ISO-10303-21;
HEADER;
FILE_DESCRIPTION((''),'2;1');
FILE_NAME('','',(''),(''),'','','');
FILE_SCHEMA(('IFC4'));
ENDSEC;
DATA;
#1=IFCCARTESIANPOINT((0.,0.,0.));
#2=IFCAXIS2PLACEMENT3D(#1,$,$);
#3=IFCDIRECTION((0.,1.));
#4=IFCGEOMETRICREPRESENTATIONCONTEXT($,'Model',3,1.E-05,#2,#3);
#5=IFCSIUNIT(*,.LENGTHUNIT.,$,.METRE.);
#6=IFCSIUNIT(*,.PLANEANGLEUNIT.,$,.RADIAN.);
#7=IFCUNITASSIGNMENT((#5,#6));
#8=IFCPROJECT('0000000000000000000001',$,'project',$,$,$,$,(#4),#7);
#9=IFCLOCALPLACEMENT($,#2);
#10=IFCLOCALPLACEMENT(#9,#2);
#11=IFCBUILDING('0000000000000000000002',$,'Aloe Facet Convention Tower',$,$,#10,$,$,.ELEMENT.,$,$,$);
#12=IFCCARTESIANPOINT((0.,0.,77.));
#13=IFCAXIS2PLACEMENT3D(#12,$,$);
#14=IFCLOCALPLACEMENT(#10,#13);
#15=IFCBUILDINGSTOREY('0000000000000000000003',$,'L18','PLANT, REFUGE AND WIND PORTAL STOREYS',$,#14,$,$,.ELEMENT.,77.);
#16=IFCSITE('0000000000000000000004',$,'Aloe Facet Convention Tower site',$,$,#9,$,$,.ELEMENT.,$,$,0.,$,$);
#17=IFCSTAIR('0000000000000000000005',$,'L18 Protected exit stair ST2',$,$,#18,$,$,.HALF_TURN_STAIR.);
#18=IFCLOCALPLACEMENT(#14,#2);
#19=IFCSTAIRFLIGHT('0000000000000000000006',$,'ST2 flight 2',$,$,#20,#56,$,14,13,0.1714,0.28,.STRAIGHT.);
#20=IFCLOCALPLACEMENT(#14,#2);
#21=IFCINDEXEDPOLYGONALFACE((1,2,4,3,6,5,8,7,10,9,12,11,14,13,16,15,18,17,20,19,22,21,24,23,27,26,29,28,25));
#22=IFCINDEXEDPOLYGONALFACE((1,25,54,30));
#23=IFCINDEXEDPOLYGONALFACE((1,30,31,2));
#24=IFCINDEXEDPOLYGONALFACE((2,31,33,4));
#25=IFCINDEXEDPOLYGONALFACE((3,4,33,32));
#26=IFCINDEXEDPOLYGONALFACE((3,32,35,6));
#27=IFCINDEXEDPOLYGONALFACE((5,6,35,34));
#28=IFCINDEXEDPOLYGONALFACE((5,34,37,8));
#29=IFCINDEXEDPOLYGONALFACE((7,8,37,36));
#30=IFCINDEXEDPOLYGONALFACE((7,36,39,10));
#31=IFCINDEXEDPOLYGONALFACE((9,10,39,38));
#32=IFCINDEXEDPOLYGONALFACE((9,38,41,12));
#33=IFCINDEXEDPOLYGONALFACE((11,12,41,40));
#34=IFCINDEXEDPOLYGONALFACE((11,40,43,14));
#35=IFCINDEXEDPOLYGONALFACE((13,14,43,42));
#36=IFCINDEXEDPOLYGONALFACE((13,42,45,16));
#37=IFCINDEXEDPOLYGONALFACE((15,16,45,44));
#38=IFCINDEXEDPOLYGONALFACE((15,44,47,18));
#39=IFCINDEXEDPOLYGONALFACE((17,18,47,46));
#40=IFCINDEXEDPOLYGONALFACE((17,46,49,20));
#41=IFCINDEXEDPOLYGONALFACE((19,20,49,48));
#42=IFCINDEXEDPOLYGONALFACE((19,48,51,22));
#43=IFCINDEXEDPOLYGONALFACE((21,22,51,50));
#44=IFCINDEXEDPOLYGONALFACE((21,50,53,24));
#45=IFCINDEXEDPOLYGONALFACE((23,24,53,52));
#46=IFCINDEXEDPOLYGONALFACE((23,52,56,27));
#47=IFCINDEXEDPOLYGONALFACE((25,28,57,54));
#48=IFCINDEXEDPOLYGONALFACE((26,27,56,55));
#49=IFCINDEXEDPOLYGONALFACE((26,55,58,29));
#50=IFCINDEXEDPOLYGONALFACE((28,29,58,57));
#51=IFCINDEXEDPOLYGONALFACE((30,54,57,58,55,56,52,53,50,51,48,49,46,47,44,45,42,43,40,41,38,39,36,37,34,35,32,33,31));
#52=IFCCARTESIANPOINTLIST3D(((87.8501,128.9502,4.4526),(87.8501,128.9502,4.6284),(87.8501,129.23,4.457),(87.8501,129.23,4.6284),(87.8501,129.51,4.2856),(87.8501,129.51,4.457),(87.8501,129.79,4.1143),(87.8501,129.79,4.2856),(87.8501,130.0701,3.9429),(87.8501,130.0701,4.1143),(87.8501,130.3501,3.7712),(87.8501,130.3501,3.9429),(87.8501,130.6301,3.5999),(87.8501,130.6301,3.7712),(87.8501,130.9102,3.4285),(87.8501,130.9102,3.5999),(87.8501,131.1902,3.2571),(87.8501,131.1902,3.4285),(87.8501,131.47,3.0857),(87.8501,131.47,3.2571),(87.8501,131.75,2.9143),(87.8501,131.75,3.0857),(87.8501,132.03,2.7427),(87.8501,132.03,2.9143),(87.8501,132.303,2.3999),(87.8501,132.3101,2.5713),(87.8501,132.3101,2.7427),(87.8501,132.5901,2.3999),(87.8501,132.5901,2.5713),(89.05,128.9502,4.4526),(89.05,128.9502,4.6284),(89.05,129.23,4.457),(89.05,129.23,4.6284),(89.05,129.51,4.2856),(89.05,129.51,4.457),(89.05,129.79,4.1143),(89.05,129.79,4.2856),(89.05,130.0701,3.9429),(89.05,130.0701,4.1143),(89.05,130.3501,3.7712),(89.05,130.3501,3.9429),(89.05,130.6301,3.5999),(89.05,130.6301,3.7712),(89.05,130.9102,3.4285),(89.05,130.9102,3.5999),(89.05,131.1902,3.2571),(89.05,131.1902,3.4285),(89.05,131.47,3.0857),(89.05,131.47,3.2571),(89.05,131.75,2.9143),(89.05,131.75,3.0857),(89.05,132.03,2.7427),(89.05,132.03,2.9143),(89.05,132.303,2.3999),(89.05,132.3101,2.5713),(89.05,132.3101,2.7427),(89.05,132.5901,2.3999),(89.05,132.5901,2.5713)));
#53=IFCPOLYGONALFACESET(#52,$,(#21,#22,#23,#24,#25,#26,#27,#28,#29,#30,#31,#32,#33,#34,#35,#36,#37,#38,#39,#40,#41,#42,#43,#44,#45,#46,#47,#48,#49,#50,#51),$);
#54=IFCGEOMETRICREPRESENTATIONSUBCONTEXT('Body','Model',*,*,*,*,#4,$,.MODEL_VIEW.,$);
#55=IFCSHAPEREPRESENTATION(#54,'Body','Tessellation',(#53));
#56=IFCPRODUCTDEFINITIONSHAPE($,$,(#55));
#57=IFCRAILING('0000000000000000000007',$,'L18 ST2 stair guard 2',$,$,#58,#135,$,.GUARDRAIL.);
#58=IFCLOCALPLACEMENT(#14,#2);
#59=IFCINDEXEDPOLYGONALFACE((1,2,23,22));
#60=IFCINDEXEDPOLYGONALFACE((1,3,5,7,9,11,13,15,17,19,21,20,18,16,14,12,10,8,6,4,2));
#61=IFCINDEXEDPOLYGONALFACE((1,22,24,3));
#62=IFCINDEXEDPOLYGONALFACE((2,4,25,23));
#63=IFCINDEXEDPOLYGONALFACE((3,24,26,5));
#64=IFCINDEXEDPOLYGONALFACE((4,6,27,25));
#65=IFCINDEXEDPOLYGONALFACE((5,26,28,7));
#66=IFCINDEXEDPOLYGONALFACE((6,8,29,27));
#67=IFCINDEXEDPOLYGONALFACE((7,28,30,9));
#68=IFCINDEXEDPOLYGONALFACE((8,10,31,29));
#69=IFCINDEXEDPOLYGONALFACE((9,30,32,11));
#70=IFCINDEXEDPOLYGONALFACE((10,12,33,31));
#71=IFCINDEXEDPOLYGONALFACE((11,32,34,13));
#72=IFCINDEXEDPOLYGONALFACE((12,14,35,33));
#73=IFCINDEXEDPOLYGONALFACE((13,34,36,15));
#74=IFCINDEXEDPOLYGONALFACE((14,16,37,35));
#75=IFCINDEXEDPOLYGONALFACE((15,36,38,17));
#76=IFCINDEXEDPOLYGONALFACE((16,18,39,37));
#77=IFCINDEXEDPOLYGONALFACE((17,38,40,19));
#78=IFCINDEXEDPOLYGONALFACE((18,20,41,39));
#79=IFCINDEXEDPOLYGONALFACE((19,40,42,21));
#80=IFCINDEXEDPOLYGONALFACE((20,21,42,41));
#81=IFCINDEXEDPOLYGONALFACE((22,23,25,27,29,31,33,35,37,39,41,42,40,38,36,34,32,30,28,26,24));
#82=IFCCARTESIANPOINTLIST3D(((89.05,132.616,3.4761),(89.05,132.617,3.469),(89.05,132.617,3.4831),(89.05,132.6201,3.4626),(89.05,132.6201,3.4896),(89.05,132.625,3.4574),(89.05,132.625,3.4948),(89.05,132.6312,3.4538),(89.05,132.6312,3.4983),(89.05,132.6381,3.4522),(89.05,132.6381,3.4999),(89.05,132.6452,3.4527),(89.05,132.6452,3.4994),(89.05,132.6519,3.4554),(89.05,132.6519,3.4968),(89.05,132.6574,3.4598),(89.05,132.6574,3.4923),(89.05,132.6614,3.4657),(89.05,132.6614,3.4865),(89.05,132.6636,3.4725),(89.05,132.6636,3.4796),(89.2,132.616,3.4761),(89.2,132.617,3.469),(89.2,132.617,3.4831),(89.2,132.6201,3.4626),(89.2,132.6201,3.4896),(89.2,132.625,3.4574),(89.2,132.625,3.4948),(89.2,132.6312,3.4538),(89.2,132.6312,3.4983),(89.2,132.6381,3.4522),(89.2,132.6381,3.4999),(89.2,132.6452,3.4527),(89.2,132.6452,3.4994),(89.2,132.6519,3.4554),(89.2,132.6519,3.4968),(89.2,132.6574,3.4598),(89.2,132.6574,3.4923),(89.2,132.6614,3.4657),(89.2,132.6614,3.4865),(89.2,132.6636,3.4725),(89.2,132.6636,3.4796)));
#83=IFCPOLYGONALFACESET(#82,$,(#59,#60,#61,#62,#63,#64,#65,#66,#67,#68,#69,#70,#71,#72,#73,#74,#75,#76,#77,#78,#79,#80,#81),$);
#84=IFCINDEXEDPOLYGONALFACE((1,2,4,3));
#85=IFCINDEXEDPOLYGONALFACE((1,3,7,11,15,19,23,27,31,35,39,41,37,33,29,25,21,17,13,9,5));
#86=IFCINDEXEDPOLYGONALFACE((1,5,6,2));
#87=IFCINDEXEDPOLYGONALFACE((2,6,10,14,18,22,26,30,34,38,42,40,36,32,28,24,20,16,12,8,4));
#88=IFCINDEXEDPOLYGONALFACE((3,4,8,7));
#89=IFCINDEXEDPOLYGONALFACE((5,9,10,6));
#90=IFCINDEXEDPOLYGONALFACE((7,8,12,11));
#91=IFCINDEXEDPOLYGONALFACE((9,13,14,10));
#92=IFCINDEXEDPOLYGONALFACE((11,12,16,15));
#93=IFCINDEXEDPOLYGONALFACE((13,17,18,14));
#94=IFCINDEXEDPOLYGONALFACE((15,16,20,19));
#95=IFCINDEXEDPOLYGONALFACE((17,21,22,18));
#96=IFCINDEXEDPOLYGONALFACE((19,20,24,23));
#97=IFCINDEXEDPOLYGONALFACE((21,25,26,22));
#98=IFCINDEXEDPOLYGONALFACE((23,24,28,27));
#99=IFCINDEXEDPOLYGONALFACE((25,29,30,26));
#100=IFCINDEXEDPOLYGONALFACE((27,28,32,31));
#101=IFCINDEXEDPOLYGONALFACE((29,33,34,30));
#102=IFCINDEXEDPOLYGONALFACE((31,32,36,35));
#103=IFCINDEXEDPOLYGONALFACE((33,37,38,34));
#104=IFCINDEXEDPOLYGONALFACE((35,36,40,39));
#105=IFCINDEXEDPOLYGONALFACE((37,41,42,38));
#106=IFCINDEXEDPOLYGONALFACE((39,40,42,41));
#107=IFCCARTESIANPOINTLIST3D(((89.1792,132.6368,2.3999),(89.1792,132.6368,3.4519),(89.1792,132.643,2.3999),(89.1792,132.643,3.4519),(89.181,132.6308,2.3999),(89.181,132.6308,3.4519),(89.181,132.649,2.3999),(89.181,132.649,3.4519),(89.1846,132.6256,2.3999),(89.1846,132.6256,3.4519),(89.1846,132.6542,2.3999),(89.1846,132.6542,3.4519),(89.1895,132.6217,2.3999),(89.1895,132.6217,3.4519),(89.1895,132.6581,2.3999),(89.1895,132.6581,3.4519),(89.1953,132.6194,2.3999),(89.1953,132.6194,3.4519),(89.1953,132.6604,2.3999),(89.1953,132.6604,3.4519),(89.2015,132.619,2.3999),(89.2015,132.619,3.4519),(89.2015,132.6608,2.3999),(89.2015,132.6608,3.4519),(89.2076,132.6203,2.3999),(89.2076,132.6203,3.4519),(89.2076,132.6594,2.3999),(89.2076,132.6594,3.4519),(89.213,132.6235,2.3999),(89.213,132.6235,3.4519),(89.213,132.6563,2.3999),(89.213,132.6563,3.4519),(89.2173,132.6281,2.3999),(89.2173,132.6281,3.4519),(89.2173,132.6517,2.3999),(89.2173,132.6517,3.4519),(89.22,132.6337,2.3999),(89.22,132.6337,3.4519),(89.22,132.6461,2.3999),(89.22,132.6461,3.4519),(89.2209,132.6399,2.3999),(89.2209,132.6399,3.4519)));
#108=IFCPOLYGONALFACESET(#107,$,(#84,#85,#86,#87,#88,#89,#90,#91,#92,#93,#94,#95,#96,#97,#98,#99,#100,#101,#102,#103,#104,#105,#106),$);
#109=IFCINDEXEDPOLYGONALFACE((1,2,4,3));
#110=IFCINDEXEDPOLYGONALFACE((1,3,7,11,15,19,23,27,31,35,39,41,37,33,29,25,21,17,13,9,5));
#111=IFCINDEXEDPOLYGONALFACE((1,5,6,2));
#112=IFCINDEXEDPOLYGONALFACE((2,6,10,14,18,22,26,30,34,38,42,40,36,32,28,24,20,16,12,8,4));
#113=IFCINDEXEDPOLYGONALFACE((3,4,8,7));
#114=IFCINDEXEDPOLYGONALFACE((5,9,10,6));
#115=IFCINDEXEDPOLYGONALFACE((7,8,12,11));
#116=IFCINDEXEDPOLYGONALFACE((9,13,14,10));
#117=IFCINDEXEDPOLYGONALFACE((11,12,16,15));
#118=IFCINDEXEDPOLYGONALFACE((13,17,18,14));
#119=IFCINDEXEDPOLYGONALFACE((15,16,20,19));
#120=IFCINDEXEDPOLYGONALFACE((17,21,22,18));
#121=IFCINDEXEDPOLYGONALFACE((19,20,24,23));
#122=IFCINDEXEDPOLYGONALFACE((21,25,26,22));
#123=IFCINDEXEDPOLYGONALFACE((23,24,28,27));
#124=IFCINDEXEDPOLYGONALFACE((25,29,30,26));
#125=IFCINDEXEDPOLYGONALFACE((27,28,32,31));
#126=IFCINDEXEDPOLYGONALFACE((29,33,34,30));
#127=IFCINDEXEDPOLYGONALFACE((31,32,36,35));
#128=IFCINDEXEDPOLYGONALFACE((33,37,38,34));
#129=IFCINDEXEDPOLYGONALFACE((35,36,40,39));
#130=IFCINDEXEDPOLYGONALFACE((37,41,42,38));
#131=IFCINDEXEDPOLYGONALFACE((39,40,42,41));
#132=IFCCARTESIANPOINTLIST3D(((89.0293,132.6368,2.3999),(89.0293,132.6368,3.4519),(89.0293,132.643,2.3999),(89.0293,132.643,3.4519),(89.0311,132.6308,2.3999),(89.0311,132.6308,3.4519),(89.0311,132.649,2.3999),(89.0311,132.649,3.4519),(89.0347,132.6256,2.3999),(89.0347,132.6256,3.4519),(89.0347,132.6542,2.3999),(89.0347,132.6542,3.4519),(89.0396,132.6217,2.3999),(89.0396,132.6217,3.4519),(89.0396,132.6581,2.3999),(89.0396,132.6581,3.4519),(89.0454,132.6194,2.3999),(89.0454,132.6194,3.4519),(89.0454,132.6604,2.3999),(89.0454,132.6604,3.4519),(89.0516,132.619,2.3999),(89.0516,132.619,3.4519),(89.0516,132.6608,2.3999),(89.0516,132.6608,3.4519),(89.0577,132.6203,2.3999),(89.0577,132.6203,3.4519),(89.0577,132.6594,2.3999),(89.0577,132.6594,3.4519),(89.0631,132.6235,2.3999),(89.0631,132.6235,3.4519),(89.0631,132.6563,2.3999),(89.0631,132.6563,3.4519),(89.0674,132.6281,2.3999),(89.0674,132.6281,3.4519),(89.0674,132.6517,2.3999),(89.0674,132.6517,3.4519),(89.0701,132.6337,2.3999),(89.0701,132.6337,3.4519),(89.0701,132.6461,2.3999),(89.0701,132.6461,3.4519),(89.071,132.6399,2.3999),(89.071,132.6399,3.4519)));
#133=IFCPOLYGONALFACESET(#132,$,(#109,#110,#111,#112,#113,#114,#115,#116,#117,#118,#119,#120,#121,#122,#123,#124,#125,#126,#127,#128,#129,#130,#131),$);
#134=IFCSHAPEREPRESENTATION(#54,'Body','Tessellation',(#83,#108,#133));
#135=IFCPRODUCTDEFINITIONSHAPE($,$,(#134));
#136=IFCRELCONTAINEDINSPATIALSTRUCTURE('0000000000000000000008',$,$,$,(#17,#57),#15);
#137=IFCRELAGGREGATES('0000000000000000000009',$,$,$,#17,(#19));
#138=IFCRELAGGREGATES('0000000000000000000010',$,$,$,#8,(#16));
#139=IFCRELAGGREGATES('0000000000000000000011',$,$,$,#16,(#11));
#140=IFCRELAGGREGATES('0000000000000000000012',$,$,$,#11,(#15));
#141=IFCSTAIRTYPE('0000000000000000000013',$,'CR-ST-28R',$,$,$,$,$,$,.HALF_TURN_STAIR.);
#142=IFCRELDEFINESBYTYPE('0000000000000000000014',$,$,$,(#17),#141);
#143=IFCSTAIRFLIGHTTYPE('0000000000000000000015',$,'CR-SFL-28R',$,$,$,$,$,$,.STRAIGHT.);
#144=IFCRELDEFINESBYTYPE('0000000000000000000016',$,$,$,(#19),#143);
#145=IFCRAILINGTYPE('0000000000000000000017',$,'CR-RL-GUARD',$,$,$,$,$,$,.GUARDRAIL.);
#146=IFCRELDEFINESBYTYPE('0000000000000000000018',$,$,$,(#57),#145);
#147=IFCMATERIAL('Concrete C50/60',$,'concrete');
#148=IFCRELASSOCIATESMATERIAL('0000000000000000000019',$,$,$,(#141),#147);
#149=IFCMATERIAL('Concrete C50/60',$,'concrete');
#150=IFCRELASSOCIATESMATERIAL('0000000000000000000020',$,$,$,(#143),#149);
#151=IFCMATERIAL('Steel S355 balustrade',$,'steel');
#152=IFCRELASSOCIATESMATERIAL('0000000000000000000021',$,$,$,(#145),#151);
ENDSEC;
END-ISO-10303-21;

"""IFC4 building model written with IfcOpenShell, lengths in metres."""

from ifc_helpers import new_model, si_unit, direction, frame, origin, origin_2d, place, context, subcontext, project, spatial, polyline, circle, outline, extrude, material, type_object, element, aggregate, save


model = new_model("IFC4")

# Units and contexts
model_context = context("Model", 3, precision=1e-05, world=origin(), true_north=direction((0.0, 1.0)))
body_context = subcontext(model_context, "Body", "Model", "MODEL_VIEW")
ifc_project = project(units=[si_unit("LENGTHUNIT", "METRE"), si_unit("PLANEANGLEUNIT", "RADIAN")], contexts=[model_context])

# Site, building, storey
site_placement = place(None, origin())
site = spatial("IfcSite", under=ifc_project, at=site_placement, Name="Aloe Facet Convention Tower site", CompositionType="ELEMENT", RefElevation=0.0)
building_placement = place(site_placement, origin())
building = spatial("IfcBuilding", under=site, at=building_placement, Name="Aloe Facet Convention Tower", CompositionType="ELEMENT")
storey_placement = place(building_placement, frame((0.0, 0.0, 77.0)))
storey = spatial("IfcBuildingStorey", under=building, at=storey_placement, Name="L18", Description="PLANT, REFUGE AND WIND PORTAL STOREYS", CompositionType="ELEMENT", Elevation=77.0)

# Stair, stair flight
ifc_material_1 = material(Name="Concrete C50/60", Category="concrete")
stair_type = type_object("IfcStairType", Name="CR-ST-28R", PredefinedType="HALF_TURN_STAIR", material=ifc_material_1)
stair_placement = place(storey_placement, origin())
stair = element("IfcStair", 1, at=stair_placement, inside=storey, type_object=stair_type, Name="L18 Protected exit stair ST2", PredefinedType="HALF_TURN_STAIR")
ifc_material_2 = material(Name="Concrete C50/60", Category="concrete")
stair_flight_type = type_object("IfcStairFlightType", Name="CR-SFL-28R", PredefinedType="STRAIGHT", material=ifc_material_2)
stair_flight_1_placement = place(storey_placement, frame((88.45, 132.5901, 2.3999), z_axis=(0.0, 0.0, 1.0), x_axis=(0.0, -1.0, 0.0)))
stair_flight_1 = element("IfcStairFlight", 2, at=stair_flight_1_placement, type_object=stair_flight_type, Name="ST2 flight 2", NumberOfRisers=14, NumberOfTreads=13, PredefinedType="STRAIGHT", RiserHeight=0.1714, TreadLength=0.28, context=body_context, shape_type="SweptSolid", body=[
    extrude(outline(polyline([(0.0, 0.0), (0.0, 0.1714), (0.28, 0.1714), (0.28, 0.3428), (0.5601, 0.3428), (0.5601, 0.5144), (0.8401, 0.5144), (0.8401, 0.6858), (1.1201, 0.6858), (1.1201, 0.8572), (1.3999, 0.8572), (1.3999, 1.0286), (1.6799, 1.0286), (1.6799, 1.2), (1.96, 1.2), (1.96, 1.3713), (2.24, 1.3713), (2.24, 1.543), (2.52, 1.543), (2.52, 1.7144), (2.8, 1.7144), (2.8, 1.8857), (3.0801, 1.8857), (3.0801, 2.0571), (3.3601, 2.0571), (3.3601, 2.2285), (3.6399, 2.2285), (3.6399, 2.3999), (3.6399, 2.0527), (0.2871, 0.0), (0.0, 0.0)])), frame((0.0, 0.6001, 0.0), z_axis=(0.0, -1.0, 0.0), x_axis=(1.0, 0.0, 0.0)), (0.0, 0.0, 1.0), 1.2),
])
aggregate(stair, [stair_flight_1])

# Railing
ifc_material_3 = material(Name="Steel S355 balustrade", Category="steel")
railing_type_1 = type_object("IfcRailingType", Name="CR-RL-GUARD", PredefinedType="GUARDRAIL", material=ifc_material_3)
railing_1_placement = place(storey_placement, frame((89.2, 132.6399, 2.3999)))
element("IfcRailing", 3, at=railing_1_placement, inside=storey, type_object=railing_type_1, Name="L18 ST2 stair guard 2", PredefinedType="GUARDRAIL", context=body_context, shape_type="SweptSolid", body=[
    extrude(circle(Radius=0.0239, at=origin_2d()), frame((0.0, 0.0, 1.0762), z_axis=(-1.0, 0.0, 0.0), x_axis=(0.0, -1.0, 0.0)), (0.0, 0.0, 1.0), 0.1499),
    extrude(circle(Radius=0.021, at=origin_2d()), origin(), (0.0, 0.0, 1.0), 1.052),
    extrude(circle(Radius=0.021, at=origin_2d()), frame((-0.1499, 0.0, 0.0)), (0.0, 0.0, 1.0), 1.052),
])

save(model, "model.ifc")
